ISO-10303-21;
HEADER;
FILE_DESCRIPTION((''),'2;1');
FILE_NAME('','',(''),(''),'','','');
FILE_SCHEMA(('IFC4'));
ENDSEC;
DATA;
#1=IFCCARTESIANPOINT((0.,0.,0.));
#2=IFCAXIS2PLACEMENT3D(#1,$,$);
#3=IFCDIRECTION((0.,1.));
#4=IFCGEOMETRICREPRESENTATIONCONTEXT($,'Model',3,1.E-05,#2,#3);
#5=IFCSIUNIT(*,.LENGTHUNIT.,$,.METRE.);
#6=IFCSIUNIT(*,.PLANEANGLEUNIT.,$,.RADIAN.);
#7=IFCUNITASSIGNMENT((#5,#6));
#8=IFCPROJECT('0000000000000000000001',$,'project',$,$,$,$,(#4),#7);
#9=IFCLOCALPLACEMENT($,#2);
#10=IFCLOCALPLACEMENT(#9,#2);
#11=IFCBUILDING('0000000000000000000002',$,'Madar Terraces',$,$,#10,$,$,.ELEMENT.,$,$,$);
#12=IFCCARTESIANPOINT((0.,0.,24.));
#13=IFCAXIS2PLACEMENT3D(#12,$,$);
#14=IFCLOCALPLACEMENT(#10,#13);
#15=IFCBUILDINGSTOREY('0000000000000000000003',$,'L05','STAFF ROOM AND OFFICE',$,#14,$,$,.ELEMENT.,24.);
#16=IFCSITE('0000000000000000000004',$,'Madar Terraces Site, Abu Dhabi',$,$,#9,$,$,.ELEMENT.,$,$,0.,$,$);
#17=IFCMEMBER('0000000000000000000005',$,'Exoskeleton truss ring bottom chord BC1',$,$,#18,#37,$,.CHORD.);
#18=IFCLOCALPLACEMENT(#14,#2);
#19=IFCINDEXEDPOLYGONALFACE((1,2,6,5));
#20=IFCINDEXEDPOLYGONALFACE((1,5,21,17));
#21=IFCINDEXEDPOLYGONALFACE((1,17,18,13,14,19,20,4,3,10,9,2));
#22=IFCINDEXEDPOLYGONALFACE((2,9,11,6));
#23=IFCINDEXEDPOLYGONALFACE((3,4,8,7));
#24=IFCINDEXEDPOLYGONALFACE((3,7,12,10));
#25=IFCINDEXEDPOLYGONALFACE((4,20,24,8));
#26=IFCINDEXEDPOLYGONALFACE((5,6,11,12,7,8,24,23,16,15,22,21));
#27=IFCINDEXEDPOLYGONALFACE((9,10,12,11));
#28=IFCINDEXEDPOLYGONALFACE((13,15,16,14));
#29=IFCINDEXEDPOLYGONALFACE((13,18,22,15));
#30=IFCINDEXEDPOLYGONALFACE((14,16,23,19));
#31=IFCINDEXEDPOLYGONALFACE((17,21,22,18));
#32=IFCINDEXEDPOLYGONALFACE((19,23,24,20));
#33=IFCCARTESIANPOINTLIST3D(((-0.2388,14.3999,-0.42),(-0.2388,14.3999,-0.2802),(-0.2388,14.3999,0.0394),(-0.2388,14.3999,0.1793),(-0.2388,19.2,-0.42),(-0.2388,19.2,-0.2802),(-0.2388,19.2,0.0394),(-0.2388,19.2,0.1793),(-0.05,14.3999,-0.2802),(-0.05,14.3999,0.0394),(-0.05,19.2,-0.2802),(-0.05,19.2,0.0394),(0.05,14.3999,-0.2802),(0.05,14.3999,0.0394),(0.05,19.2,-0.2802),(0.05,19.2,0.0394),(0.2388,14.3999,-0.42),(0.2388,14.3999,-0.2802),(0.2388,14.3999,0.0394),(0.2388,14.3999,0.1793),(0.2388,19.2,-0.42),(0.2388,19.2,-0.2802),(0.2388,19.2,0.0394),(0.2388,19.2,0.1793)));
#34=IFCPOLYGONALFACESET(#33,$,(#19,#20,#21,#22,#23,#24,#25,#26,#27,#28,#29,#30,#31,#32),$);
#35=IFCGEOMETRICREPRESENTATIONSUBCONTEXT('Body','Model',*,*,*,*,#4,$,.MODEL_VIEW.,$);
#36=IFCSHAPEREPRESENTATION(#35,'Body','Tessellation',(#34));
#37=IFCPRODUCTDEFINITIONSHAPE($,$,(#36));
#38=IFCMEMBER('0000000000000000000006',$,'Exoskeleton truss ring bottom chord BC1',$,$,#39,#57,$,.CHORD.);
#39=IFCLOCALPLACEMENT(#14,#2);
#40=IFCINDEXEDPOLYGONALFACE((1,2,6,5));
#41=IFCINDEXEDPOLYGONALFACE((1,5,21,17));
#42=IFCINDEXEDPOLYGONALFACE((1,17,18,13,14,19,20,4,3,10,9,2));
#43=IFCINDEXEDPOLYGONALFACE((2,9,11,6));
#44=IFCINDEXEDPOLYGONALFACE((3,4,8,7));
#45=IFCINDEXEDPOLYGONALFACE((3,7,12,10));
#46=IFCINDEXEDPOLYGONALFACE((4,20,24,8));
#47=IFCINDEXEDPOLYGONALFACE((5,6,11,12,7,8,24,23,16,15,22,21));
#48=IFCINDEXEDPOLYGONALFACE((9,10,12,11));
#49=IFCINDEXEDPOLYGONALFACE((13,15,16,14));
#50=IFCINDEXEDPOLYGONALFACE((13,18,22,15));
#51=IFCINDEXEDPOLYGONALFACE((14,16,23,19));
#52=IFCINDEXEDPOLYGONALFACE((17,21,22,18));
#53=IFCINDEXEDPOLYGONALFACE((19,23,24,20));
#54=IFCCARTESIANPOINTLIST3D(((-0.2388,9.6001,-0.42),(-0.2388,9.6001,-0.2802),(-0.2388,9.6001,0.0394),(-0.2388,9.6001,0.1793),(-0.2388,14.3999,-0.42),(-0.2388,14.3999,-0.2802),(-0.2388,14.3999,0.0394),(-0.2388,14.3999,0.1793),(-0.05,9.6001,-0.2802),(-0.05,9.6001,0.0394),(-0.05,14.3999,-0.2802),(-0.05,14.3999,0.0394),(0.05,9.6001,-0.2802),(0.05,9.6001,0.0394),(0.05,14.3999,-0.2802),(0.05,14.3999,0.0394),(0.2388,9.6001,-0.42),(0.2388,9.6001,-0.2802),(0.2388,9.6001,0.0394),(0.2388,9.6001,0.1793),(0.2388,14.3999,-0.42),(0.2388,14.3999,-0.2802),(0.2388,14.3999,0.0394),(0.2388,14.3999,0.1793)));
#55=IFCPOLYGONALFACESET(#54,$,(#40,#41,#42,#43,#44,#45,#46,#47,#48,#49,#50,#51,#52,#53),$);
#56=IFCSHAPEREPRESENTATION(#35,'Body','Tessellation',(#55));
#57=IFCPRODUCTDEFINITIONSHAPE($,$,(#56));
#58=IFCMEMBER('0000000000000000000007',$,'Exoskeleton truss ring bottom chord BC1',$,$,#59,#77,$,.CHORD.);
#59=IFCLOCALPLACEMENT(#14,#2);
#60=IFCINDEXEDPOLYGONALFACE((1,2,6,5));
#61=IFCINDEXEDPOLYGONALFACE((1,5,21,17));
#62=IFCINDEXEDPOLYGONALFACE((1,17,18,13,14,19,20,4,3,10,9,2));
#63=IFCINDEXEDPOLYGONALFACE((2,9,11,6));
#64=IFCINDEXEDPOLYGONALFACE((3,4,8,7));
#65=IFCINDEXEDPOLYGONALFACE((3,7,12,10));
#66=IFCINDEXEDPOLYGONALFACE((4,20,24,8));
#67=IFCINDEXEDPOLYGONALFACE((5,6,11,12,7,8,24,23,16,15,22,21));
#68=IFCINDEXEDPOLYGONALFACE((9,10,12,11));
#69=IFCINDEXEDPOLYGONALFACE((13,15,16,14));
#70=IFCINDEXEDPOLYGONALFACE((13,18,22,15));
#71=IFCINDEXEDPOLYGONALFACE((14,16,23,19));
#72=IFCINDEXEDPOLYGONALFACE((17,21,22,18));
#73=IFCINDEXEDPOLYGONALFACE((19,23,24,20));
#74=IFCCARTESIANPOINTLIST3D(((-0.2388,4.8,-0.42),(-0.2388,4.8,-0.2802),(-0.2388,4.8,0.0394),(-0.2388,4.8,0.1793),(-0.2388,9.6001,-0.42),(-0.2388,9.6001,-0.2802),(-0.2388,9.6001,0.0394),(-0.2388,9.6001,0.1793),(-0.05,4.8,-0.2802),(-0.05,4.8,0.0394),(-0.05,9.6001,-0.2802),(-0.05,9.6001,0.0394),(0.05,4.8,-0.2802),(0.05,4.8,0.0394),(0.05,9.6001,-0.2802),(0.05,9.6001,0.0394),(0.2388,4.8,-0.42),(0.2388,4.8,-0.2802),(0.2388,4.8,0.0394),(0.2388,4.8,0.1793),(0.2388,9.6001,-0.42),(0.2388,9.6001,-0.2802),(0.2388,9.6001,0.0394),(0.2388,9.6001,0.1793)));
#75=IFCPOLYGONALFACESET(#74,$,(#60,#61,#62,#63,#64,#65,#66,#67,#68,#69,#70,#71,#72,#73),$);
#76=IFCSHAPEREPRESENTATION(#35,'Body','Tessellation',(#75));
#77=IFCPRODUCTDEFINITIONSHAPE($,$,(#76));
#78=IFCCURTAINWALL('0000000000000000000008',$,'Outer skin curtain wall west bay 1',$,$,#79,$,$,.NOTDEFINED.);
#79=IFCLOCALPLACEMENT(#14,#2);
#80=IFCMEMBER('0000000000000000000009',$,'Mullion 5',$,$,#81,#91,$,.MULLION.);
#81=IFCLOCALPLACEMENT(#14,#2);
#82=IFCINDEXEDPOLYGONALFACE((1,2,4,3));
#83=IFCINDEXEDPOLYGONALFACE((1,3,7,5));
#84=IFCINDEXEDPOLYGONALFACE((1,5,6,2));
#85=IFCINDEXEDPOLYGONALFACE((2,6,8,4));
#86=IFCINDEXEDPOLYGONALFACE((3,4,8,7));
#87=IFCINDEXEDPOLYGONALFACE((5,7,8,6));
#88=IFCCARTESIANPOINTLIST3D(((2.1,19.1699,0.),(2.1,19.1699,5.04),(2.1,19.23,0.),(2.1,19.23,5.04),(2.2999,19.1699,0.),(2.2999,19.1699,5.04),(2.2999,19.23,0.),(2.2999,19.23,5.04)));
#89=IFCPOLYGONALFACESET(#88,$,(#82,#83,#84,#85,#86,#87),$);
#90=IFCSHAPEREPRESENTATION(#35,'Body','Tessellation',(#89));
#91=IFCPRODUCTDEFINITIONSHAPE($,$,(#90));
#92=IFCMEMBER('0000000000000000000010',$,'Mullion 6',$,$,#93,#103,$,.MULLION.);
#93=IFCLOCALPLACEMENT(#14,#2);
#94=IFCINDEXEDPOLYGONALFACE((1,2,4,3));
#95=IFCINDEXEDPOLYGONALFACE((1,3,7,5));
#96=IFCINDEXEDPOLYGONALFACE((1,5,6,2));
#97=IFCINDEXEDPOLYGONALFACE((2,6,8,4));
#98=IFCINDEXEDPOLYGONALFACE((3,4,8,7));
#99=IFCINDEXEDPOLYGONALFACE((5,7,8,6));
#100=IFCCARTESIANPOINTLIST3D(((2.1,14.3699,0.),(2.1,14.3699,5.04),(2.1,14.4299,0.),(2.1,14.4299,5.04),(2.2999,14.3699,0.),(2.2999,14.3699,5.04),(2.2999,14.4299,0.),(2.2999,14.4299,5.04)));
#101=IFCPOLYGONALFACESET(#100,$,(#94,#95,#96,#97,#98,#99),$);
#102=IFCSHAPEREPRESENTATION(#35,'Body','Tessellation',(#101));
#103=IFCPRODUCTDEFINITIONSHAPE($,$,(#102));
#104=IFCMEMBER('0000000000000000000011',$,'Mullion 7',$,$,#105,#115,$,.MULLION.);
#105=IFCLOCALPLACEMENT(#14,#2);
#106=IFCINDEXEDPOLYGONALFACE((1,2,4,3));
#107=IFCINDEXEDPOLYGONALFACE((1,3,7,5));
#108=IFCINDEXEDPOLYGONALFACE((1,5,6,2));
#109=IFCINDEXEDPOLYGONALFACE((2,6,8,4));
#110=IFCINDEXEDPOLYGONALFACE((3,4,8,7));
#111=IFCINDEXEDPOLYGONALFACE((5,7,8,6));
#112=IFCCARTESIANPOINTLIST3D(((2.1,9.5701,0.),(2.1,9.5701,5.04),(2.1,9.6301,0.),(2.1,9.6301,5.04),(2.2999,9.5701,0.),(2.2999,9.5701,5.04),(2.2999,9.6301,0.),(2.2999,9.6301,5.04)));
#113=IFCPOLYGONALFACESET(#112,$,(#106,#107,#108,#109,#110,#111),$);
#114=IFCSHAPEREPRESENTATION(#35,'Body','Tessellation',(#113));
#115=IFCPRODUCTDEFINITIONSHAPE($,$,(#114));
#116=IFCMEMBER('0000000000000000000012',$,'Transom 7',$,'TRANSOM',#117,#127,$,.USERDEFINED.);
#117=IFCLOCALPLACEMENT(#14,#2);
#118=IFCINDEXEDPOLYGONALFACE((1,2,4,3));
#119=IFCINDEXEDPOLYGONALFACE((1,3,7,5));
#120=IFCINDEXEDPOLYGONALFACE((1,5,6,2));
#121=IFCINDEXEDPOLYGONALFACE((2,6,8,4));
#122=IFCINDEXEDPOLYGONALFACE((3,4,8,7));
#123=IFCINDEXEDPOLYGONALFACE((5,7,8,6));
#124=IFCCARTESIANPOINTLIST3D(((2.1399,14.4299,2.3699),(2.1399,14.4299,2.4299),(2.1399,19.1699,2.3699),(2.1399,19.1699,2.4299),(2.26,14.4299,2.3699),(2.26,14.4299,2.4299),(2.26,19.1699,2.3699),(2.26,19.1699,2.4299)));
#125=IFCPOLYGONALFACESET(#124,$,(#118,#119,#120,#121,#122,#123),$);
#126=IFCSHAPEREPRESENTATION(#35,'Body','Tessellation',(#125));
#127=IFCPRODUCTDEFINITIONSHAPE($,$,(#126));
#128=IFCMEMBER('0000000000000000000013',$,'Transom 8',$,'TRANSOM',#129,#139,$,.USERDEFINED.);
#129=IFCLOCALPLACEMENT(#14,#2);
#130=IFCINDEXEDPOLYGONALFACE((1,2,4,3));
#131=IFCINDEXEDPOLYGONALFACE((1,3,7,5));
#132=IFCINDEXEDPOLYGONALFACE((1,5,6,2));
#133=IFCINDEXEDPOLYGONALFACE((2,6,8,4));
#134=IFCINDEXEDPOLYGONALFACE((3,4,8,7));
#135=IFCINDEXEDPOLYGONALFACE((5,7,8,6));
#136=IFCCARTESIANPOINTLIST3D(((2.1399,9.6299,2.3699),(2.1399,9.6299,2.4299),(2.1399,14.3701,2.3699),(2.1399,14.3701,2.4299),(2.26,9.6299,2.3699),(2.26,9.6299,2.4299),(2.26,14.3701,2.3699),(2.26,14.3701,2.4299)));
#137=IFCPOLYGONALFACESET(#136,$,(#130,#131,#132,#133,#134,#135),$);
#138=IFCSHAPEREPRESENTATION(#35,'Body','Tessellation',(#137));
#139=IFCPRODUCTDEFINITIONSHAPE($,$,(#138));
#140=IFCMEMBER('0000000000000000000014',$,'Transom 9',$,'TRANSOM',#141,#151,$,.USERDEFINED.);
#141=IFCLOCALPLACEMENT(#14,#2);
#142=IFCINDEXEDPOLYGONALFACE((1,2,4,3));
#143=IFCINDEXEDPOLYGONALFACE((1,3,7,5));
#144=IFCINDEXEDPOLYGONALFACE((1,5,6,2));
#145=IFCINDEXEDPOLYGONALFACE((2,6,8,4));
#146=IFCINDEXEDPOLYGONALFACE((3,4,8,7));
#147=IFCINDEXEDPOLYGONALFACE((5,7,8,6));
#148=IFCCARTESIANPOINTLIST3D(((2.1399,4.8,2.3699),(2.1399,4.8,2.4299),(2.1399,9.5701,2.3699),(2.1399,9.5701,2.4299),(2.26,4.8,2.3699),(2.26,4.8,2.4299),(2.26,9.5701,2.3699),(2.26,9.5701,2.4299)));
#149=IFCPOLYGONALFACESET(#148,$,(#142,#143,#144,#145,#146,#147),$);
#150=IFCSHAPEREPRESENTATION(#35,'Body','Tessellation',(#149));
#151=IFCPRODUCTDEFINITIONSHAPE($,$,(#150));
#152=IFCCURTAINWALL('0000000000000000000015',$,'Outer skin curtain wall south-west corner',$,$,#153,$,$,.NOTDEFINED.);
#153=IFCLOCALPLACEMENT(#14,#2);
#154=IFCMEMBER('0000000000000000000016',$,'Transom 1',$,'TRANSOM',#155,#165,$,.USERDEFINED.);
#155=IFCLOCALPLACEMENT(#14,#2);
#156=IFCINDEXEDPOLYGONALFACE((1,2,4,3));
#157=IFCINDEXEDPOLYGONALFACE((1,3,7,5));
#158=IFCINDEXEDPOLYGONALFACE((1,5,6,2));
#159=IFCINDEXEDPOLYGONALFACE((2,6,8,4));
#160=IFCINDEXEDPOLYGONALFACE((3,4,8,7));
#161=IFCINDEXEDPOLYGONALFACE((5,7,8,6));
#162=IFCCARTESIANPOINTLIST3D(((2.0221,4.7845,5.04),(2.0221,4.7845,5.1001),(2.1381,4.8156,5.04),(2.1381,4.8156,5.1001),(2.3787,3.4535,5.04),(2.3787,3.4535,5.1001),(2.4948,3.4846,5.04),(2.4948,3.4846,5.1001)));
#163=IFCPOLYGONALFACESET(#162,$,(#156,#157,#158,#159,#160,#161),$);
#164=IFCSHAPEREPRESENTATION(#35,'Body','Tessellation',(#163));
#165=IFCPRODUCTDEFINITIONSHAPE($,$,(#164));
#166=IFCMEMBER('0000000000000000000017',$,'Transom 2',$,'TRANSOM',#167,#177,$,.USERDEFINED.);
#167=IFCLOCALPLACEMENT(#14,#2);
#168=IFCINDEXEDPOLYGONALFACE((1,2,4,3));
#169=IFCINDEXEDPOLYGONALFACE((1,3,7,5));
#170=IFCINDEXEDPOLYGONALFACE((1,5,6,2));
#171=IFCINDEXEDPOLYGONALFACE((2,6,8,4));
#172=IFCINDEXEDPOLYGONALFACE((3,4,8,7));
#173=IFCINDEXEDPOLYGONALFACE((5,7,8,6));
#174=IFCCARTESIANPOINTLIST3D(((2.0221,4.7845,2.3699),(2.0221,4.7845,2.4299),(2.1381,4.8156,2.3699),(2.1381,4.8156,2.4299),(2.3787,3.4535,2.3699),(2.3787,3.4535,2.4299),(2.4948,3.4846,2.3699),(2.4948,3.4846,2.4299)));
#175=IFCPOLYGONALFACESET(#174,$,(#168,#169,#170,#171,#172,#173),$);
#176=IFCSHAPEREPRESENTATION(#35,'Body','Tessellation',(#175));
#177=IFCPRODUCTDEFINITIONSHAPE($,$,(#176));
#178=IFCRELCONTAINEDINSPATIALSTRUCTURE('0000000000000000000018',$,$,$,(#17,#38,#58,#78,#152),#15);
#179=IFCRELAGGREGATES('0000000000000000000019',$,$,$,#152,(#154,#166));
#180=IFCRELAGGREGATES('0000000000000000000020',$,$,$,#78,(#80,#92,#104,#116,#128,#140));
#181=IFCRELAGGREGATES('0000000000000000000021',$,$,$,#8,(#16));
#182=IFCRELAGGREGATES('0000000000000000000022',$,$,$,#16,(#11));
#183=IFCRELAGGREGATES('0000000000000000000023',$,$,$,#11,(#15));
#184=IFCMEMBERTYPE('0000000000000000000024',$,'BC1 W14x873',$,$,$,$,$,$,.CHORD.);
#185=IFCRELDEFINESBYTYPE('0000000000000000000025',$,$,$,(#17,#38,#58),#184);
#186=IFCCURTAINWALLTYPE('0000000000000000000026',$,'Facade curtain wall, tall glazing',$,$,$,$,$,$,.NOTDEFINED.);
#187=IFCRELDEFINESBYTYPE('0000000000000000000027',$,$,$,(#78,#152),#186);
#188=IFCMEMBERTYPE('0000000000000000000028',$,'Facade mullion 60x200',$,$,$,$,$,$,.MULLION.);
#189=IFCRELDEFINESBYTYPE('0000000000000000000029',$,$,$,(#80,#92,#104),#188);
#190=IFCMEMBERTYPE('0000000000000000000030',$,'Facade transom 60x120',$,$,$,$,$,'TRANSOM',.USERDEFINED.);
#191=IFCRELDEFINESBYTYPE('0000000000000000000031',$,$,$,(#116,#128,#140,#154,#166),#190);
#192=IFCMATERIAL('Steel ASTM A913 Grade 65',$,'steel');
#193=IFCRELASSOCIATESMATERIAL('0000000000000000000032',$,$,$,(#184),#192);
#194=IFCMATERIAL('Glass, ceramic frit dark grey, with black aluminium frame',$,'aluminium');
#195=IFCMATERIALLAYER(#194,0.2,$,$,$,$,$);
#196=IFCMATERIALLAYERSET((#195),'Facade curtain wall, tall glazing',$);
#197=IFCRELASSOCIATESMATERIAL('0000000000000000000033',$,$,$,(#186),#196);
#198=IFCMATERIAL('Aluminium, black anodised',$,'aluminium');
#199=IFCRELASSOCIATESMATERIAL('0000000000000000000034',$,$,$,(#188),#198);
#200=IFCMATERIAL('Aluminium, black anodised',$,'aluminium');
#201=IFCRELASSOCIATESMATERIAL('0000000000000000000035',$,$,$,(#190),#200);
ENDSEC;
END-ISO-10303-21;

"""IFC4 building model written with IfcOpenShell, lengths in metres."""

from ifc_helpers import new_model, si_unit, direction, frame, origin, origin_2d, place, context, subcontext, project, spatial, rectangle, i_section, extrude, material, layer, layer_set, material_profile, profile_set, type_object, element, aggregate, save


model = new_model("IFC4")

# Units and contexts
model_context = context("Model", 3, precision=1e-05, world=origin(), true_north=direction((0.0, 1.0)))
body_context = subcontext(model_context, "Body", "Model", "MODEL_VIEW")
ifc_project = project(units=[si_unit("LENGTHUNIT", "METRE"), si_unit("PLANEANGLEUNIT", "RADIAN")], contexts=[model_context])

# Site, building, storey
site_placement = place(None, origin())
site = spatial("IfcSite", under=ifc_project, at=site_placement, Name="Madar Terraces Site, Abu Dhabi", CompositionType="ELEMENT", RefElevation=0.0)
building_placement = place(site_placement, origin())
building = spatial("IfcBuilding", under=site, at=building_placement, Name="Madar Terraces", CompositionType="ELEMENT")
storey_placement = place(building_placement, frame((0.0, 0.0, 24.0)))
storey = spatial("IfcBuildingStorey", under=building, at=storey_placement, Name="L05", Description="STAFF ROOM AND OFFICE", CompositionType="ELEMENT", Elevation=24.0)

# Members
ifc_material_1 = material(Name="Steel ASTM A913 Grade 65", Category="steel")
ifc_material_profile_1 = material_profile(ifc_material_1, i_section(OverallWidth=0.4775, OverallDepth=0.5994, WebThickness=0.1001, FlangeThickness=0.1399, at=origin_2d()), Name="W14x873")
ifc_profile_set_1 = profile_set([ifc_material_profile_1], Name="Steel ASTM A913 Grade 65")
member_type_1 = type_object("IfcMemberType", Name="BC1 W14x873", PredefinedType="CHORD", material=ifc_profile_set_1)
member_1_placement = place(storey_placement, frame((0.0, 19.2, -0.1204), z_axis=(0.0, -1.0, 0.0), x_axis=(1.0, 0.0, 0.0)))
element("IfcMember", 1, at=member_1_placement, inside=storey, type_object=member_type_1, Name="Exoskeleton truss ring bottom chord BC1", PredefinedType="CHORD", context=body_context, shape_type="SweptSolid", body=[
    extrude(i_section(OverallWidth=0.4775, OverallDepth=0.5994, WebThickness=0.1001, FlangeThickness=0.1399, at=origin_2d()), origin(), (0.0, 0.0, 1.0), 4.8),
])
member_2_placement = place(storey_placement, frame((0.0, 14.3999, -0.1204), z_axis=(0.0, -1.0, 0.0), x_axis=(1.0, 0.0, 0.0)))
element("IfcMember", 2, at=member_2_placement, inside=storey, type_object=member_type_1, Name="Exoskeleton truss ring bottom chord BC1", PredefinedType="CHORD", context=body_context, shape_type="SweptSolid", body=[
    extrude(i_section(OverallWidth=0.4775, OverallDepth=0.5994, WebThickness=0.1001, FlangeThickness=0.1399, at=origin_2d()), origin(), (0.0, 0.0, 1.0), 4.7998),
])
member_3_placement = place(storey_placement, frame((0.0, 9.6001, -0.1204), z_axis=(0.0, -1.0, 0.0), x_axis=(1.0, 0.0, 0.0)))
element("IfcMember", 3, at=member_3_placement, inside=storey, type_object=member_type_1, Name="Exoskeleton truss ring bottom chord BC1", PredefinedType="CHORD", context=body_context, shape_type="SweptSolid", body=[
    extrude(i_section(OverallWidth=0.4775, OverallDepth=0.5994, WebThickness=0.1001, FlangeThickness=0.1399, at=origin_2d()), origin(), (0.0, 0.0, 1.0), 4.8),
])

# Curtain walls, members
ifc_material_2 = material(Name="Glass, ceramic frit dark grey, with black aluminium frame", Category="aluminium")
ifc_layer_1 = layer(ifc_material_2, 0.2)
ifc_layer_set_1 = layer_set([ifc_layer_1], Name="Facade curtain wall, tall glazing")
curtain_wall_type = type_object("IfcCurtainWallType", Name="Facade curtain wall, tall glazing", PredefinedType="NOTDEFINED", material=ifc_layer_set_1)
curtain_wall_1_placement = place(storey_placement, origin())
curtain_wall_1 = element("IfcCurtainWall", 4, at=curtain_wall_1_placement, inside=storey, type_object=curtain_wall_type, Name="Outer skin curtain wall west bay 1", PredefinedType="NOTDEFINED")
ifc_material_3 = material(Name="Aluminium, black anodised", Category="aluminium")
ifc_material_profile_2 = material_profile(ifc_material_3, rectangle(XDim=0.2, YDim=0.0601, at=origin_2d()), Name="Facade mullion 60x200")
ifc_profile_set_2 = profile_set([ifc_material_profile_2], Name="Aluminium, black anodised")
member_type_2 = type_object("IfcMemberType", Name="Facade mullion 60x200", PredefinedType="MULLION", material=ifc_profile_set_2)
member_4_placement = place(storey_placement, frame((2.2, 19.2, 0.0), z_axis=(0.0, 0.0, 1.0), x_axis=(1.0, 0.0, 0.0)))
member_4 = element("IfcMember", 5, at=member_4_placement, type_object=member_type_2, Name="Mullion 5", PredefinedType="MULLION", context=body_context, shape_type="SweptSolid", body=[
    extrude(rectangle(XDim=0.2, YDim=0.0601, at=origin_2d()), origin(), (0.0, 0.0, 1.0), 5.04),
])
member_5_placement = place(storey_placement, frame((2.2, 14.3999, 0.0), z_axis=(0.0, 0.0, 1.0), x_axis=(1.0, 0.0, 0.0)))
member_5 = element("IfcMember", 6, at=member_5_placement, type_object=member_type_2, Name="Mullion 6", PredefinedType="MULLION", context=body_context, shape_type="SweptSolid", body=[
    extrude(rectangle(XDim=0.2, YDim=0.0601, at=origin_2d()), origin(), (0.0, 0.0, 1.0), 5.04),
])
member_6_placement = place(storey_placement, frame((2.2, 9.6001, 0.0), z_axis=(0.0, 0.0, 1.0), x_axis=(1.0, 0.0, 0.0)))
member_6 = element("IfcMember", 7, at=member_6_placement, type_object=member_type_2, Name="Mullion 7", PredefinedType="MULLION", context=body_context, shape_type="SweptSolid", body=[
    extrude(rectangle(XDim=0.2, YDim=0.0601, at=origin_2d()), origin(), (0.0, 0.0, 1.0), 5.04),
])
ifc_material_4 = material(Name="Aluminium, black anodised", Category="aluminium")
ifc_material_profile_3 = material_profile(ifc_material_4, rectangle(XDim=0.1201, YDim=0.0601, at=origin_2d()), Name="Facade transom 60x120")
ifc_profile_set_3 = profile_set([ifc_material_profile_3], Name="Aluminium, black anodised")
member_type_3 = type_object("IfcMemberType", Name="Facade transom 60x120", ElementType="TRANSOM", PredefinedType="USERDEFINED", material=ifc_profile_set_3)
member_7_placement = place(storey_placement, frame((2.2, 19.1699, 2.3999), z_axis=(0.0, -1.0, 0.0), x_axis=(1.0, 0.0, 0.0)))
member_7 = element("IfcMember", 8, at=member_7_placement, type_object=member_type_3, Name="Transom 7", ObjectType="TRANSOM", PredefinedType="USERDEFINED", context=body_context, shape_type="SweptSolid", body=[
    extrude(rectangle(XDim=0.1201, YDim=0.0601, at=origin_2d()), origin(), (0.0, 0.0, 1.0), 4.74),
])
member_8_placement = place(storey_placement, frame((2.2, 14.3701, 2.3999), z_axis=(0.0, -1.0, 0.0), x_axis=(1.0, 0.0, 0.0)))
member_8 = element("IfcMember", 9, at=member_8_placement, type_object=member_type_3, Name="Transom 8", ObjectType="TRANSOM", PredefinedType="USERDEFINED", context=body_context, shape_type="SweptSolid", body=[
    extrude(rectangle(XDim=0.1201, YDim=0.0601, at=origin_2d()), origin(), (0.0, 0.0, 1.0), 4.7402),
])
member_9_placement = place(storey_placement, frame((2.2, 9.5701, 2.3999), z_axis=(0.0, -1.0, 0.0), x_axis=(1.0, 0.0, 0.0)))
member_9 = element("IfcMember", 10, at=member_9_placement, type_object=member_type_3, Name="Transom 9", ObjectType="TRANSOM", PredefinedType="USERDEFINED", context=body_context, shape_type="SweptSolid", body=[
    extrude(rectangle(XDim=0.1201, YDim=0.0601, at=origin_2d()), origin(), (0.0, 0.0, 1.0), 4.77),
])
curtain_wall_2_placement = place(storey_placement, origin())
curtain_wall_2 = element("IfcCurtainWall", 11, at=curtain_wall_2_placement, inside=storey, type_object=curtain_wall_type, Name="Outer skin curtain wall south-west corner", PredefinedType="NOTDEFINED")
member_10_placement = place(storey_placement, frame((2.0801, 4.8, 5.0701), z_axis=(0.258842, -0.96592, 0.0), x_axis=(0.96592, 0.258842, 0.0)))
member_10 = element("IfcMember", 12, at=member_10_placement, type_object=member_type_3, Name="Transom 1", ObjectType="TRANSOM", PredefinedType="USERDEFINED", context=body_context, shape_type="SweptSolid", body=[
    extrude(rectangle(XDim=0.1201, YDim=0.0601, at=origin_2d()), origin(), (0.0, 0.0, 1.0), 1.3779),
])
member_11_placement = place(storey_placement, frame((2.0801, 4.8, 2.3999), z_axis=(0.258842, -0.96592, 0.0), x_axis=(0.96592, 0.258842, 0.0)))
member_11 = element("IfcMember", 13, at=member_11_placement, type_object=member_type_3, Name="Transom 2", ObjectType="TRANSOM", PredefinedType="USERDEFINED", context=body_context, shape_type="SweptSolid", body=[
    extrude(rectangle(XDim=0.1201, YDim=0.0601, at=origin_2d()), origin(), (0.0, 0.0, 1.0), 1.3779),
])
aggregate(curtain_wall_2, [member_10, member_11])

aggregate(curtain_wall_1, [member_4, member_5, member_6, member_7, member_8, member_9])

save(model, "model.ifc")
